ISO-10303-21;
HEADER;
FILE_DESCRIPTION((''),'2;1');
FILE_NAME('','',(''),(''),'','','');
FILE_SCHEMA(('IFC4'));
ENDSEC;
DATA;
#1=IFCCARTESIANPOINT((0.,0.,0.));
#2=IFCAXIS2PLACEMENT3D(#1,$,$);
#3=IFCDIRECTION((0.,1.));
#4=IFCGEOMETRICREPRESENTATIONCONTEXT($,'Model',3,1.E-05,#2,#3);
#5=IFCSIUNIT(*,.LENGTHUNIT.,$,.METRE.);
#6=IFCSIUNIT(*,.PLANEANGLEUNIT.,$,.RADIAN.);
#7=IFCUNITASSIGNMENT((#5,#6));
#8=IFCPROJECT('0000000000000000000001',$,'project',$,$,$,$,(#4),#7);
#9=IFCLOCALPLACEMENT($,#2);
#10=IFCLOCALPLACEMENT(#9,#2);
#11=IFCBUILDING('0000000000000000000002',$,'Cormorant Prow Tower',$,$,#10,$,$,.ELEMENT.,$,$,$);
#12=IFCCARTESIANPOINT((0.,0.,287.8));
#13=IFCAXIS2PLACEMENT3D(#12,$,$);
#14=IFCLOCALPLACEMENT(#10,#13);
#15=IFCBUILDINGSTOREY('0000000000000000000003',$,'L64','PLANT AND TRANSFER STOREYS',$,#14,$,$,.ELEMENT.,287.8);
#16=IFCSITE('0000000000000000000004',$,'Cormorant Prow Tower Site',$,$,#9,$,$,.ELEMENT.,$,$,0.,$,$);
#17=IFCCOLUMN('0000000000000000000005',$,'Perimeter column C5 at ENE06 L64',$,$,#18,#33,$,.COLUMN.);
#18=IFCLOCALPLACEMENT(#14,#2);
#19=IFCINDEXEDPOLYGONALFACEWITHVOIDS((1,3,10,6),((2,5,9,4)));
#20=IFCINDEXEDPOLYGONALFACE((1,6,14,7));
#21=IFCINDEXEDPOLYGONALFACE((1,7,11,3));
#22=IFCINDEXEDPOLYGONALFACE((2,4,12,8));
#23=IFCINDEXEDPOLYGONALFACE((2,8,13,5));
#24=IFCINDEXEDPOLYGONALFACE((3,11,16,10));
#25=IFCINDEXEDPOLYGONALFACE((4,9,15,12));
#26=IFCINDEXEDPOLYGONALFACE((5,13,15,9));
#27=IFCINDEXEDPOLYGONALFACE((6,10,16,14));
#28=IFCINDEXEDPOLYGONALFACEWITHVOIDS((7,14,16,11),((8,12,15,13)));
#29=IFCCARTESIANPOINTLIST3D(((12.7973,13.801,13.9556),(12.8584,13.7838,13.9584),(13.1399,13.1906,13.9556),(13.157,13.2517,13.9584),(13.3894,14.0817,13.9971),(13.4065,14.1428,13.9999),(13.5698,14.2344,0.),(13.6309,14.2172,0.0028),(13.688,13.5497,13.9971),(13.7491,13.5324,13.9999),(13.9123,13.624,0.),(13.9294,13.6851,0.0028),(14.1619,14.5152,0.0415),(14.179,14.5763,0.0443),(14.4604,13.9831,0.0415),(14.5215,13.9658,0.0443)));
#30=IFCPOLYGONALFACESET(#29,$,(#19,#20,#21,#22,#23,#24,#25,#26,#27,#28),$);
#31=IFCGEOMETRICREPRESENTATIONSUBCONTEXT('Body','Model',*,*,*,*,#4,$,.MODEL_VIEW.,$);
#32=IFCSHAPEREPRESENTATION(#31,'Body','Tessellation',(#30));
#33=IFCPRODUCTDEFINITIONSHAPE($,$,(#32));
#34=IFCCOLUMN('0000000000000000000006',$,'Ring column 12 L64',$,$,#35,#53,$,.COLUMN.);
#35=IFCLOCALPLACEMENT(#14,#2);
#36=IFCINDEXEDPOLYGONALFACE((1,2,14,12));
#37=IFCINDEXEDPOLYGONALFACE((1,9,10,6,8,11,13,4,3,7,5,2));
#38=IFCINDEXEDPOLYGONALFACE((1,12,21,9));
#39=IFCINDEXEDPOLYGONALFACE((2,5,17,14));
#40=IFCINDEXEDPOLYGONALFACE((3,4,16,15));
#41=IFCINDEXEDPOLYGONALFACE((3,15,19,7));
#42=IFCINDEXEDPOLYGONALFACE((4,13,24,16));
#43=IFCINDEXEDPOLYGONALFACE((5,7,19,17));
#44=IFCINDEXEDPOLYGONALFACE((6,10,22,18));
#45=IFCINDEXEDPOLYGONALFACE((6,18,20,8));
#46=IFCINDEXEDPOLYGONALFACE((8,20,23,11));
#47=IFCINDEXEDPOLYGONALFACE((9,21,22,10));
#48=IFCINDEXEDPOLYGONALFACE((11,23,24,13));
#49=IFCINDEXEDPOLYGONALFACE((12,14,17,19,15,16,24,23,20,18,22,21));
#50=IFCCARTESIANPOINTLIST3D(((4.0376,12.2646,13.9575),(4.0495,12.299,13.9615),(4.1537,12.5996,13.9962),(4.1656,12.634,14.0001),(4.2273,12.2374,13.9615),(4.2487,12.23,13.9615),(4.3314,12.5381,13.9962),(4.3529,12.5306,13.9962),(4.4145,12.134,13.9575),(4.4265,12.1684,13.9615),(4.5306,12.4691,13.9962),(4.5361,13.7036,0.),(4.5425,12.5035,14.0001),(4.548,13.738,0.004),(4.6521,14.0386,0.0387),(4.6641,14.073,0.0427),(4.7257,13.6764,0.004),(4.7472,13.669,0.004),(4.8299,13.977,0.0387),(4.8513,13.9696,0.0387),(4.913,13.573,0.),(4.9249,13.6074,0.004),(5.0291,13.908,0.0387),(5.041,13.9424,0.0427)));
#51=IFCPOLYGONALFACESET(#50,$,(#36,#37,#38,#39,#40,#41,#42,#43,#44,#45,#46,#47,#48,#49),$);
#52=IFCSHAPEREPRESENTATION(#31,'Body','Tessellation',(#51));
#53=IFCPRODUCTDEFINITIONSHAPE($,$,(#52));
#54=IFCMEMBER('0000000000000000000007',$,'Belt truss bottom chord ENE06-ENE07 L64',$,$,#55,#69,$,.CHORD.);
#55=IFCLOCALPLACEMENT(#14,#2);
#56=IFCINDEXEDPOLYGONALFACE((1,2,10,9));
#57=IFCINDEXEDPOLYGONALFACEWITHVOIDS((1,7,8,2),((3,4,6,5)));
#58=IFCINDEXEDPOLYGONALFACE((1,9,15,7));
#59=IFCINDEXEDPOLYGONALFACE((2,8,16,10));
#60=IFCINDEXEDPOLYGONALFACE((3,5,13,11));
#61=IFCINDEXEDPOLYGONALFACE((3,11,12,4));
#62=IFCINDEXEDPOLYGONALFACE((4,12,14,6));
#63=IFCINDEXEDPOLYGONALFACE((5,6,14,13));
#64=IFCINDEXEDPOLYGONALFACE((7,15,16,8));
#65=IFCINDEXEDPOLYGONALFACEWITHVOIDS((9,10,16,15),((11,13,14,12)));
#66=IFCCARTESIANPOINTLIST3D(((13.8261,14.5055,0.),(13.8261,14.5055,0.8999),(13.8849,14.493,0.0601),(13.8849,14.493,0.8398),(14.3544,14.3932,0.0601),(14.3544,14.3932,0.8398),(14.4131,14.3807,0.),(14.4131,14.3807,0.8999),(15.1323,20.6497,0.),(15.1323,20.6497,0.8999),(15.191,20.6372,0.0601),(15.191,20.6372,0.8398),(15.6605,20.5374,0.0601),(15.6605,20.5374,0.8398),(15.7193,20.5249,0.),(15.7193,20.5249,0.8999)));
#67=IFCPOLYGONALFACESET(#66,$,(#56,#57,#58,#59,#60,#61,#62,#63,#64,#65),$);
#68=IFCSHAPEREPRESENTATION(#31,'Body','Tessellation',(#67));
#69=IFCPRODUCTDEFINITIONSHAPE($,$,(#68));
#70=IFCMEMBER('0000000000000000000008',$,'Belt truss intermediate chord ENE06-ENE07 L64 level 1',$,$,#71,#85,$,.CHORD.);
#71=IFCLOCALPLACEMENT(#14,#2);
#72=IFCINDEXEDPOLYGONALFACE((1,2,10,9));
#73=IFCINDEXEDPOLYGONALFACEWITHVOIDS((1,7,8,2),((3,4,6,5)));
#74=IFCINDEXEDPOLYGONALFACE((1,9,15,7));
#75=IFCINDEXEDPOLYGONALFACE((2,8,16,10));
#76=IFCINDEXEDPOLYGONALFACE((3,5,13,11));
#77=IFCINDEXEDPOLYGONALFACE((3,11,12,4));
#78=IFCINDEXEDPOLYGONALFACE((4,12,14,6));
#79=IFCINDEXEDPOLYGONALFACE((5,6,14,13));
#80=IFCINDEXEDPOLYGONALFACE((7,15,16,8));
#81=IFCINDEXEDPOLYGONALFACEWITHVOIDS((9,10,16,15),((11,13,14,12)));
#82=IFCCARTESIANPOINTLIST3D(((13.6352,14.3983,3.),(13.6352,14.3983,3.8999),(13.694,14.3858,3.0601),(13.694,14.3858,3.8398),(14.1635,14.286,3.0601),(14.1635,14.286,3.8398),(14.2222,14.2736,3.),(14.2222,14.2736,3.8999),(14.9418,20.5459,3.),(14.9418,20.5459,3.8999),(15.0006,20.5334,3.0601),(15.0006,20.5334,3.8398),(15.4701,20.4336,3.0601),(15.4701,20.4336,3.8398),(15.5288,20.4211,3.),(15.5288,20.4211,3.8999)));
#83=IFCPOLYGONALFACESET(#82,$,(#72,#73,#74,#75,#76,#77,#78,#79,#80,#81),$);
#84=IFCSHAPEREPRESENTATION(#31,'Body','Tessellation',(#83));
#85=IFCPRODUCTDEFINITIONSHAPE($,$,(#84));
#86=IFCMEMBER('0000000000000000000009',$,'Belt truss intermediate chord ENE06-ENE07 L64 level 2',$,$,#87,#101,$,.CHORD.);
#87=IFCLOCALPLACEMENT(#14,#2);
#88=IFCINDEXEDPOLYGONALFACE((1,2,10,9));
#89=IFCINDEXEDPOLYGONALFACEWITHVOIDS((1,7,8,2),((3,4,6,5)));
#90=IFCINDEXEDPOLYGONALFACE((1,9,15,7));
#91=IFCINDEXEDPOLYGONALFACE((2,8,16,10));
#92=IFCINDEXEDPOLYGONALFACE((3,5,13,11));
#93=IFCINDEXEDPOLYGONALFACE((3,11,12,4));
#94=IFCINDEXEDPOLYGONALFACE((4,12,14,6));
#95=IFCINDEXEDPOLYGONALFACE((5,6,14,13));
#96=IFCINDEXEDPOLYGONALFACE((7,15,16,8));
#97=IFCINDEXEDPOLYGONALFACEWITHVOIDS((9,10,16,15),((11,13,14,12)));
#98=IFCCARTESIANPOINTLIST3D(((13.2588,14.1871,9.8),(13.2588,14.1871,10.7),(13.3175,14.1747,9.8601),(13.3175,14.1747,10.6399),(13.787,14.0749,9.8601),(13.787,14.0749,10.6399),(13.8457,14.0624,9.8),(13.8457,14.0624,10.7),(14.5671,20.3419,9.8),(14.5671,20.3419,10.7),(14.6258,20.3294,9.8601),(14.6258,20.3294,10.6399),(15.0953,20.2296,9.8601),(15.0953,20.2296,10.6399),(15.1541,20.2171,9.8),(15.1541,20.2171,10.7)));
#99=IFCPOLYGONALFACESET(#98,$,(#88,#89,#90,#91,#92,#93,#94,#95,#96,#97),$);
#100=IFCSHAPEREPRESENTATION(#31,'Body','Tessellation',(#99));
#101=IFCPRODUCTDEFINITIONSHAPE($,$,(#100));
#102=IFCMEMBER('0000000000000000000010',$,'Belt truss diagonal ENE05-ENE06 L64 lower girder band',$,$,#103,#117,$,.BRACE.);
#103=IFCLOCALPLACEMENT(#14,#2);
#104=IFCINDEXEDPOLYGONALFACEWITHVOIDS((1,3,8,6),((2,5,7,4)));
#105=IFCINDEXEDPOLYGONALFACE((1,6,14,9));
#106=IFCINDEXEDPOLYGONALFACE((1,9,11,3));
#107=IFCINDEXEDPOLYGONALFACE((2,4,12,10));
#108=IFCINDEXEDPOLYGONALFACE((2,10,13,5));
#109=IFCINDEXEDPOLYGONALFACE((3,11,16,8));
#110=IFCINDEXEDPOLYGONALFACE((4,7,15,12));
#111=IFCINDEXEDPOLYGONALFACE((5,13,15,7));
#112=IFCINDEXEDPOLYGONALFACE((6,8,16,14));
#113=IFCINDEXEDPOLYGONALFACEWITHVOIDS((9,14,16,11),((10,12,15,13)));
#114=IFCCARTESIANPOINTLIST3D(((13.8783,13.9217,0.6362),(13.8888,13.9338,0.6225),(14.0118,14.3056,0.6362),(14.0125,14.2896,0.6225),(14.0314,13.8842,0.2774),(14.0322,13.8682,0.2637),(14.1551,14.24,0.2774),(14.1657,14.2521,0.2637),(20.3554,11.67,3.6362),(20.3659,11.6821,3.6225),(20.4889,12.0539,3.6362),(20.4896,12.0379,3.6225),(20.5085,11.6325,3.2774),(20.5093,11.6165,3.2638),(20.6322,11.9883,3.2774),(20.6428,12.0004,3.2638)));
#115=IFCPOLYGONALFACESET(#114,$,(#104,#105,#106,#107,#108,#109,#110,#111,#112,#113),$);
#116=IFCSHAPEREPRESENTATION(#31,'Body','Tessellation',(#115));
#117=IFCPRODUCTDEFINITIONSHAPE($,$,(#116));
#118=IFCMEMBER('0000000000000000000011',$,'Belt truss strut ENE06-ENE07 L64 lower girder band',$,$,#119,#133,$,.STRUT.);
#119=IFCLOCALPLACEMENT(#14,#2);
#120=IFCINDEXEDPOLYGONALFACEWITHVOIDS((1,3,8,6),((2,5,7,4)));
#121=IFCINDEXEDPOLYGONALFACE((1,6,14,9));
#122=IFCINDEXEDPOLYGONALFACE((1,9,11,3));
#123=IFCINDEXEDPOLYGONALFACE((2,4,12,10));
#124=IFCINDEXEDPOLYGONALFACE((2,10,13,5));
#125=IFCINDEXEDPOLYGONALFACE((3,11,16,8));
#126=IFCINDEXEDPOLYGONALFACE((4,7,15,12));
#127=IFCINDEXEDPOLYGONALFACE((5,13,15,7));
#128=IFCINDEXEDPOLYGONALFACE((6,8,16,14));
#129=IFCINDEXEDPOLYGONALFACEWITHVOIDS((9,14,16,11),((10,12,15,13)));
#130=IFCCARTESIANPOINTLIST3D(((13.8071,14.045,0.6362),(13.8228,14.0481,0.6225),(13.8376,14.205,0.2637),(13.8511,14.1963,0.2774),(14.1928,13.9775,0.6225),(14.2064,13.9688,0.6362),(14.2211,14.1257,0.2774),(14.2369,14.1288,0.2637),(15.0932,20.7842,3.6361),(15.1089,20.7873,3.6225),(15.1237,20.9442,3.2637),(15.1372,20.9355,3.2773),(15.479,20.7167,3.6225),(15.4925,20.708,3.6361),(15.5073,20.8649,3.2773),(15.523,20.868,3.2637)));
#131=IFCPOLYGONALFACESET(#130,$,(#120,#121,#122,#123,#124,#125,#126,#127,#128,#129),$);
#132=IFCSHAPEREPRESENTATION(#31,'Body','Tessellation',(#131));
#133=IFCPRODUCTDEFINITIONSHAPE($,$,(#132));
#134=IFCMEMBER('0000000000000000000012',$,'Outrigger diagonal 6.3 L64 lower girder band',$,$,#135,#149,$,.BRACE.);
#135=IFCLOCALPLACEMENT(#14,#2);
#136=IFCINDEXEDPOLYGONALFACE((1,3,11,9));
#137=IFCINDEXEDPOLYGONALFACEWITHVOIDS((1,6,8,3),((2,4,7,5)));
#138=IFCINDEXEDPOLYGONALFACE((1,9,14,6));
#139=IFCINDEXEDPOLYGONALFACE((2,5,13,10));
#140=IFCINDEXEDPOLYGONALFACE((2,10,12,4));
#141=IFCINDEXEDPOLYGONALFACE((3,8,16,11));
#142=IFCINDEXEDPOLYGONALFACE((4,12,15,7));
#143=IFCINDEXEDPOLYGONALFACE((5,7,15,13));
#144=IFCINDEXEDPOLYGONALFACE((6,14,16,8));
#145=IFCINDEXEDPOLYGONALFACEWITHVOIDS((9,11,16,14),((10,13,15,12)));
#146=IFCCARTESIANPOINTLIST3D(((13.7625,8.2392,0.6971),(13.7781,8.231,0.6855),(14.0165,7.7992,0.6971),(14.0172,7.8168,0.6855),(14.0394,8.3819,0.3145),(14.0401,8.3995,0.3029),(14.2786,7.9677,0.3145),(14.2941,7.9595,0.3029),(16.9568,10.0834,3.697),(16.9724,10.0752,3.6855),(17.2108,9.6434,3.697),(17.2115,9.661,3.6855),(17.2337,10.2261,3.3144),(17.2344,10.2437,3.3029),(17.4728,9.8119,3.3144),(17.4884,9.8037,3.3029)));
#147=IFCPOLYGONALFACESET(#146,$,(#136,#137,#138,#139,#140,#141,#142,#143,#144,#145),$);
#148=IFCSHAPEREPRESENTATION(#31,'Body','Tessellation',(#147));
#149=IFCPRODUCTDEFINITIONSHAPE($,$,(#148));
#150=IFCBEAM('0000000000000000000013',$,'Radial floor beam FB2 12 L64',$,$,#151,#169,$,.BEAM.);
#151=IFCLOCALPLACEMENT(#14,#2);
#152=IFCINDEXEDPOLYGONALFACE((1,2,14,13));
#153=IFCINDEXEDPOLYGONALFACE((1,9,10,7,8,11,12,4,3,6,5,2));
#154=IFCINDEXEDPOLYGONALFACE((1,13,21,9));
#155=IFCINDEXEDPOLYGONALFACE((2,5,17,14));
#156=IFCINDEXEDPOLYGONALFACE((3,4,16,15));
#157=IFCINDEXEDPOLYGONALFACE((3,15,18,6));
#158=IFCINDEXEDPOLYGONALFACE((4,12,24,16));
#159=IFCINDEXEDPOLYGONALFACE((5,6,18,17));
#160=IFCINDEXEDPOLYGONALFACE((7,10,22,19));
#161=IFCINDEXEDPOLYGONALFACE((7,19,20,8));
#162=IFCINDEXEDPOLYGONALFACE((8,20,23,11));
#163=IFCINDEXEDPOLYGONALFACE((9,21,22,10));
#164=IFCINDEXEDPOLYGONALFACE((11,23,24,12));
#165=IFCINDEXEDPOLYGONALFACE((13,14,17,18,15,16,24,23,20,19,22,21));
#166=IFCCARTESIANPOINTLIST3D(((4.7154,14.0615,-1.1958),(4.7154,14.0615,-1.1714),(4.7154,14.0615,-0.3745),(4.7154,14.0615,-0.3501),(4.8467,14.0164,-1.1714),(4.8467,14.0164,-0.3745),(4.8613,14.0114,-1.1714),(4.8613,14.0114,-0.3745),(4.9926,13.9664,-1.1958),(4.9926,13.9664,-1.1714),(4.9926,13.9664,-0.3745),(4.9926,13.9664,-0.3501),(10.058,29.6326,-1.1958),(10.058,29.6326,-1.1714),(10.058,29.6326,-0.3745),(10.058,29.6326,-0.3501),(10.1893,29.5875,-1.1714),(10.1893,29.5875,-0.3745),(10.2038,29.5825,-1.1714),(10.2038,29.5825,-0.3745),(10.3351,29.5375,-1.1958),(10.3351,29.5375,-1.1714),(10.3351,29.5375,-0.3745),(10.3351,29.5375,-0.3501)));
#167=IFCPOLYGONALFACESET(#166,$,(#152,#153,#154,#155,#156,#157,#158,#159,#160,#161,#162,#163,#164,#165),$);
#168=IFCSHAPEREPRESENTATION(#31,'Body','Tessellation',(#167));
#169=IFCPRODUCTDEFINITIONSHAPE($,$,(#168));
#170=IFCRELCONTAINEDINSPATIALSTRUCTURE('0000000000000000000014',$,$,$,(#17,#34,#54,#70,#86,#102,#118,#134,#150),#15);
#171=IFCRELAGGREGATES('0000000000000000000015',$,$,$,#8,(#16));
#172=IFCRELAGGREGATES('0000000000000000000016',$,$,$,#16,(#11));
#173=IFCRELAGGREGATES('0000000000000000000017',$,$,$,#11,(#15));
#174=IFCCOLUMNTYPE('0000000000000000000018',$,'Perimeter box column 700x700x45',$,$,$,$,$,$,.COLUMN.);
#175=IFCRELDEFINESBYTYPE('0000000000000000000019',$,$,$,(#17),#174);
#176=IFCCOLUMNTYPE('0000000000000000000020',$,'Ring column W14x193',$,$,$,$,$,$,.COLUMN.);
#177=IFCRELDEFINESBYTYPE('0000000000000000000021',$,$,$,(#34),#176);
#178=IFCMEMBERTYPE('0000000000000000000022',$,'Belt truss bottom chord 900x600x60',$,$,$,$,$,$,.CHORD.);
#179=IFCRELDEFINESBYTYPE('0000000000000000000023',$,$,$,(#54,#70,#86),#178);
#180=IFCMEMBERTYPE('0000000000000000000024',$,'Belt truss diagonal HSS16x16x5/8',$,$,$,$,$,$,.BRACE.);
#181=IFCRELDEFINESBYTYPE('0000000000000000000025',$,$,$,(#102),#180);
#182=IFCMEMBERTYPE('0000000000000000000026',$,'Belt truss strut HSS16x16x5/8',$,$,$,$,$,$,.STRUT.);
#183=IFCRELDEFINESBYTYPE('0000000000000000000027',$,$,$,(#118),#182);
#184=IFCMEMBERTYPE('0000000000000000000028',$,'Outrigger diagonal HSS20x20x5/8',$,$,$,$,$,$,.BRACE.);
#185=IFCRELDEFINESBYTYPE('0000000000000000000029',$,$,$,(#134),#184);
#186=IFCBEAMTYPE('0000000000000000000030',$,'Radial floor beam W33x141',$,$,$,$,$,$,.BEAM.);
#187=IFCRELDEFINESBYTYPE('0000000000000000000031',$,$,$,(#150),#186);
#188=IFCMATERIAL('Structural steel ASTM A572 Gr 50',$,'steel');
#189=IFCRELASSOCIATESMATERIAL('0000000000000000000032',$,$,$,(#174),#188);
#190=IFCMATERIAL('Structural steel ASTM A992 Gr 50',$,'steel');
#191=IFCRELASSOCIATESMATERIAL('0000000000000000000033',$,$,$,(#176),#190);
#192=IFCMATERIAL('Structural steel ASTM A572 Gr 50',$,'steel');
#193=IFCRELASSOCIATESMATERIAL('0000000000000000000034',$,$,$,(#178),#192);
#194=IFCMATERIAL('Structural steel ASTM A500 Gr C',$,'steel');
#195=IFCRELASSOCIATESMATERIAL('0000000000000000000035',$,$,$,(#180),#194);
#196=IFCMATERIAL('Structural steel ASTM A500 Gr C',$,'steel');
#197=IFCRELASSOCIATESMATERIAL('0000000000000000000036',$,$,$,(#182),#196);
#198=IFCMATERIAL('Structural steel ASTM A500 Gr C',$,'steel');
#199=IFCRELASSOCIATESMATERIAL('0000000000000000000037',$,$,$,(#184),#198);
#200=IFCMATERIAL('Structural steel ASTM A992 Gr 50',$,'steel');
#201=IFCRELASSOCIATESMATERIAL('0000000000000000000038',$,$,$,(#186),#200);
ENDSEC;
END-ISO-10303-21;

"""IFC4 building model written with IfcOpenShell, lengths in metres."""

from ifc_helpers import new_model, si_unit, direction, frame, origin, origin_2d, place, context, subcontext, project, spatial, hollow_rectangle, i_section, extrude, material, material_profile, profile_set, type_object, element, save


model = new_model("IFC4")

# Units and contexts
model_context = context("Model", 3, precision=1e-05, world=origin(), true_north=direction((0.0, 1.0)))
body_context = subcontext(model_context, "Body", "Model", "MODEL_VIEW")
ifc_project = project(units=[si_unit("LENGTHUNIT", "METRE"), si_unit("PLANEANGLEUNIT", "RADIAN")], contexts=[model_context])

# Site, building, storey
site_placement = place(None, origin())
site = spatial("IfcSite", under=ifc_project, at=site_placement, Name="Cormorant Prow Tower Site", CompositionType="ELEMENT", RefElevation=0.0)
building_placement = place(site_placement, origin())
building = spatial("IfcBuilding", under=site, at=building_placement, Name="Cormorant Prow Tower", CompositionType="ELEMENT")
storey_placement = place(building_placement, frame((0.0, 0.0, 287.8)))
storey = spatial("IfcBuildingStorey", under=building, at=storey_placement, Name="L64", Description="PLANT AND TRANSFER STOREYS", CompositionType="ELEMENT", Elevation=287.8)

# Columns
ifc_material_1 = material(Name="Structural steel ASTM A572 Gr 50", Category="steel")
ifc_material_profile_1 = material_profile(ifc_material_1, hollow_rectangle(XDim=0.7, YDim=0.7, WallThickness=0.0449, at=origin_2d()), Name="Box 700x700x45")
ifc_profile_set_1 = profile_set([ifc_material_profile_1], Name="Structural steel ASTM A572 Gr 50")
column_type_1 = type_object("IfcColumnType", Name="Perimeter box column 700x700x45", PredefinedType="COLUMN", material=ifc_profile_set_1)
column_1_placement = place(storey_placement, frame((14.0469, 14.1008, 0.0), z_axis=(-0.055239, -0.030996, 0.997992), x_axis=(0.489348, -0.872089, 0.0)))
element("IfcColumn", 1, at=column_1_placement, inside=storey, type_object=column_type_1, Name="Perimeter column C5 at ENE06 L64", PredefinedType="COLUMN", context=body_context, shape_type="SweptSolid", body=[
    extrude(hollow_rectangle(XDim=0.7, YDim=0.7, WallThickness=0.0449, at=origin_2d()), frame((0.0, 0.0, 0.0222)), (0.0, 0.0, 1.0), 13.9836),
])
ifc_material_2 = material(Name="Structural steel ASTM A992 Gr 50", Category="steel")
ifc_material_profile_2 = material_profile(ifc_material_2, i_section(OverallWidth=0.3989, OverallDepth=0.3933, WebThickness=0.0227, FlangeThickness=0.0366, at=origin_2d()), Name="W14x193")
ifc_profile_set_2 = profile_set([ifc_material_profile_2], Name="Structural steel ASTM A992 Gr 50")
column_type_2 = type_object("IfcColumnType", Name="Ring column W14x193", PredefinedType="COLUMN", material=ifc_profile_set_2)
column_2_placement = place(storey_placement, frame((4.7893, 13.8252, 0.0), z_axis=(-0.035504, -0.102489, 0.9941), x_axis=(0.94491, -0.32733, 0.0)))
element("IfcColumn", 2, at=column_2_placement, inside=storey, type_object=column_type_2, Name="Ring column 12 L64", PredefinedType="COLUMN", context=body_context, shape_type="SweptSolid", body=[
    extrude(i_section(OverallWidth=0.3989, OverallDepth=0.3933, WebThickness=0.0227, FlangeThickness=0.0366, at=origin_2d()), frame((0.0, 0.0, 0.0215)), (0.0, 0.0, 1.0), 14.0403),
])

# Members
ifc_material_3 = material(Name="Structural steel ASTM A572 Gr 50", Category="steel")
ifc_material_profile_3 = material_profile(ifc_material_3, hollow_rectangle(XDim=0.6001, YDim=0.8999, WallThickness=0.0601, at=origin_2d()), Name="Box 900x600x60")
ifc_profile_set_3 = profile_set([ifc_material_profile_3], Name="Structural steel ASTM A572 Gr 50")
member_type_1 = type_object("IfcMemberType", Name="Belt truss bottom chord 900x600x60", PredefinedType="CHORD", material=ifc_profile_set_3)
member_1_placement = place(storey_placement, frame((14.1196, 14.4431, 0.45), z_axis=(0.207934, 0.978143, 0.0), x_axis=(-0.978143, 0.207934, 0.0)))
element("IfcMember", 3, at=member_1_placement, inside=storey, type_object=member_type_1, Name="Belt truss bottom chord ENE06-ENE07 L64", PredefinedType="CHORD", context=body_context, shape_type="SweptSolid", body=[
    extrude(hollow_rectangle(XDim=0.6001, YDim=0.8999, WallThickness=0.0601, at=origin_2d()), origin(), (0.0, 0.0, 1.0), 6.2815),
])
member_2_placement = place(storey_placement, frame((13.9287, 14.3359, 3.45), z_axis=(0.207897, 0.978151, 0.0), x_axis=(-0.978151, 0.207897, 0.0)))
element("IfcMember", 4, at=member_2_placement, inside=storey, type_object=member_type_1, Name="Belt truss intermediate chord ENE06-ENE07 L64 level 1", PredefinedType="CHORD", context=body_context, shape_type="SweptSolid", body=[
    extrude(hollow_rectangle(XDim=0.6001, YDim=0.8999, WallThickness=0.0601, at=origin_2d()), origin(), (0.0, 0.0, 1.0), 6.2849),
])
member_3_placement = place(storey_placement, frame((13.5522, 14.1248, 10.25), z_axis=(0.207928, 0.978144, 0.0), x_axis=(-0.978144, 0.207928, 0.0)))
element("IfcMember", 5, at=member_3_placement, inside=storey, type_object=member_type_1, Name="Belt truss intermediate chord ENE06-ENE07 L64 level 2", PredefinedType="CHORD", context=body_context, shape_type="SweptSolid", body=[
    extrude(hollow_rectangle(XDim=0.6001, YDim=0.8999, WallThickness=0.0601, at=origin_2d()), origin(), (0.0, 0.0, 1.0), 6.2922),
])
ifc_material_4 = material(Name="Structural steel ASTM A500 Gr C", Category="steel")
ifc_material_profile_4 = material_profile(ifc_material_4, hollow_rectangle(XDim=0.4065, YDim=0.4065, WallThickness=0.0149, at=origin_2d()), Name="HSS16x16x5/8")
ifc_profile_set_4 = profile_set([ifc_material_profile_4], Name="Structural steel ASTM A500 Gr C")
member_type_2 = type_object("IfcMemberType", Name="Belt truss diagonal HSS16x16x5/8", PredefinedType="BRACE", material=ifc_profile_set_4)
member_4_placement = place(storey_placement, frame((14.022, 14.0869, 0.45), z_axis=(0.865359, -0.300837, 0.400812), x_axis=(0.328367, 0.94455, 0.0)))
element("IfcMember", 6, at=member_4_placement, inside=storey, type_object=member_type_2, Name="Belt truss diagonal ENE05-ENE06 L64 lower girder band", PredefinedType="BRACE", context=body_context, shape_type="SweptSolid", body=[
    extrude(hollow_rectangle(XDim=0.4065, YDim=0.4065, WallThickness=0.0149, at=origin_2d()), origin(), (0.0, 0.0, 1.0), 7.4849),
])
ifc_material_5 = material(Name="Structural steel ASTM A500 Gr C", Category="steel")
ifc_material_profile_5 = material_profile(ifc_material_5, hollow_rectangle(XDim=0.4065, YDim=0.4065, WallThickness=0.0149, at=origin_2d()), Name="HSS16x16x5/8")
ifc_profile_set_5 = profile_set([ifc_material_profile_5], Name="Structural steel ASTM A500 Gr C")
member_type_3 = type_object("IfcMemberType", Name="Belt truss strut HSS16x16x5/8", PredefinedType="STRUT", material=ifc_profile_set_5)
member_5_placement = place(storey_placement, frame((14.022, 14.0869, 0.45), z_axis=(0.171757, 0.899995, 0.400635), x_axis=(-0.982272, 0.187459, 0.0)))
element("IfcMember", 7, at=member_5_placement, inside=storey, type_object=member_type_3, Name="Belt truss strut ENE06-ENE07 L64 lower girder band", PredefinedType="STRUT", context=body_context, shape_type="SweptSolid", body=[
    extrude(hollow_rectangle(XDim=0.4065, YDim=0.4065, WallThickness=0.0149, at=origin_2d()), origin(), (0.0, 0.0, 1.0), 7.488),
])
ifc_material_6 = material(Name="Structural steel ASTM A500 Gr C", Category="steel")
ifc_material_profile_6 = material_profile(ifc_material_6, hollow_rectangle(XDim=0.5081, YDim=0.5081, WallThickness=0.0149, at=origin_2d()), Name="HSS20x20x5/8")
ifc_profile_set_6 = profile_set([ifc_material_profile_6], Name="Structural steel ASTM A500 Gr C")
member_type_4 = type_object("IfcMemberType", Name="Outrigger diagonal HSS20x20x5/8", PredefinedType="BRACE", material=ifc_profile_set_6)
member_6_placement = place(storey_placement, frame((14.0283, 8.0994, 0.5), z_axis=(0.671859, 0.387896, 0.630985), x_axis=(-0.499997, 0.866027, 0.0)))
element("IfcMember", 8, at=member_6_placement, inside=storey, type_object=member_type_4, Name="Outrigger diagonal 6.3 L64 lower girder band", PredefinedType="BRACE", context=body_context, shape_type="SweptSolid", body=[
    extrude(hollow_rectangle(XDim=0.5081, YDim=0.5081, WallThickness=0.0149, at=origin_2d()), origin(), (0.0, 0.0, 1.0), 4.7544),
])

# Beam
ifc_material_7 = material(Name="Structural steel ASTM A992 Gr 50", Category="steel")
ifc_material_profile_7 = material_profile(ifc_material_7, i_section(OverallWidth=0.293, OverallDepth=0.8457, WebThickness=0.0154, FlangeThickness=0.0244, at=origin_2d()), Name="W33x141")
ifc_profile_set_7 = profile_set([ifc_material_profile_7], Name="Structural steel ASTM A992 Gr 50")
beam_type_1 = type_object("IfcBeamType", Name="Radial floor beam W33x141", PredefinedType="BEAM", material=ifc_profile_set_7)
beam_1_placement = place(storey_placement, frame((4.854, 14.0139, -0.7729), z_axis=(0.324536, 0.945874, 0.0), x_axis=(-0.945874, 0.324536, 0.0)))
element("IfcBeam", 9, at=beam_1_placement, inside=storey, type_object=beam_type_1, Name="Radial floor beam FB2 12 L64", PredefinedType="BEAM", context=body_context, shape_type="SweptSolid", body=[
    extrude(i_section(OverallWidth=0.293, OverallDepth=0.8457, WebThickness=0.0154, FlangeThickness=0.0244, at=origin_2d()), origin(), (0.0, 0.0, 1.0), 16.4622),
])

save(model, "model.ifc")
